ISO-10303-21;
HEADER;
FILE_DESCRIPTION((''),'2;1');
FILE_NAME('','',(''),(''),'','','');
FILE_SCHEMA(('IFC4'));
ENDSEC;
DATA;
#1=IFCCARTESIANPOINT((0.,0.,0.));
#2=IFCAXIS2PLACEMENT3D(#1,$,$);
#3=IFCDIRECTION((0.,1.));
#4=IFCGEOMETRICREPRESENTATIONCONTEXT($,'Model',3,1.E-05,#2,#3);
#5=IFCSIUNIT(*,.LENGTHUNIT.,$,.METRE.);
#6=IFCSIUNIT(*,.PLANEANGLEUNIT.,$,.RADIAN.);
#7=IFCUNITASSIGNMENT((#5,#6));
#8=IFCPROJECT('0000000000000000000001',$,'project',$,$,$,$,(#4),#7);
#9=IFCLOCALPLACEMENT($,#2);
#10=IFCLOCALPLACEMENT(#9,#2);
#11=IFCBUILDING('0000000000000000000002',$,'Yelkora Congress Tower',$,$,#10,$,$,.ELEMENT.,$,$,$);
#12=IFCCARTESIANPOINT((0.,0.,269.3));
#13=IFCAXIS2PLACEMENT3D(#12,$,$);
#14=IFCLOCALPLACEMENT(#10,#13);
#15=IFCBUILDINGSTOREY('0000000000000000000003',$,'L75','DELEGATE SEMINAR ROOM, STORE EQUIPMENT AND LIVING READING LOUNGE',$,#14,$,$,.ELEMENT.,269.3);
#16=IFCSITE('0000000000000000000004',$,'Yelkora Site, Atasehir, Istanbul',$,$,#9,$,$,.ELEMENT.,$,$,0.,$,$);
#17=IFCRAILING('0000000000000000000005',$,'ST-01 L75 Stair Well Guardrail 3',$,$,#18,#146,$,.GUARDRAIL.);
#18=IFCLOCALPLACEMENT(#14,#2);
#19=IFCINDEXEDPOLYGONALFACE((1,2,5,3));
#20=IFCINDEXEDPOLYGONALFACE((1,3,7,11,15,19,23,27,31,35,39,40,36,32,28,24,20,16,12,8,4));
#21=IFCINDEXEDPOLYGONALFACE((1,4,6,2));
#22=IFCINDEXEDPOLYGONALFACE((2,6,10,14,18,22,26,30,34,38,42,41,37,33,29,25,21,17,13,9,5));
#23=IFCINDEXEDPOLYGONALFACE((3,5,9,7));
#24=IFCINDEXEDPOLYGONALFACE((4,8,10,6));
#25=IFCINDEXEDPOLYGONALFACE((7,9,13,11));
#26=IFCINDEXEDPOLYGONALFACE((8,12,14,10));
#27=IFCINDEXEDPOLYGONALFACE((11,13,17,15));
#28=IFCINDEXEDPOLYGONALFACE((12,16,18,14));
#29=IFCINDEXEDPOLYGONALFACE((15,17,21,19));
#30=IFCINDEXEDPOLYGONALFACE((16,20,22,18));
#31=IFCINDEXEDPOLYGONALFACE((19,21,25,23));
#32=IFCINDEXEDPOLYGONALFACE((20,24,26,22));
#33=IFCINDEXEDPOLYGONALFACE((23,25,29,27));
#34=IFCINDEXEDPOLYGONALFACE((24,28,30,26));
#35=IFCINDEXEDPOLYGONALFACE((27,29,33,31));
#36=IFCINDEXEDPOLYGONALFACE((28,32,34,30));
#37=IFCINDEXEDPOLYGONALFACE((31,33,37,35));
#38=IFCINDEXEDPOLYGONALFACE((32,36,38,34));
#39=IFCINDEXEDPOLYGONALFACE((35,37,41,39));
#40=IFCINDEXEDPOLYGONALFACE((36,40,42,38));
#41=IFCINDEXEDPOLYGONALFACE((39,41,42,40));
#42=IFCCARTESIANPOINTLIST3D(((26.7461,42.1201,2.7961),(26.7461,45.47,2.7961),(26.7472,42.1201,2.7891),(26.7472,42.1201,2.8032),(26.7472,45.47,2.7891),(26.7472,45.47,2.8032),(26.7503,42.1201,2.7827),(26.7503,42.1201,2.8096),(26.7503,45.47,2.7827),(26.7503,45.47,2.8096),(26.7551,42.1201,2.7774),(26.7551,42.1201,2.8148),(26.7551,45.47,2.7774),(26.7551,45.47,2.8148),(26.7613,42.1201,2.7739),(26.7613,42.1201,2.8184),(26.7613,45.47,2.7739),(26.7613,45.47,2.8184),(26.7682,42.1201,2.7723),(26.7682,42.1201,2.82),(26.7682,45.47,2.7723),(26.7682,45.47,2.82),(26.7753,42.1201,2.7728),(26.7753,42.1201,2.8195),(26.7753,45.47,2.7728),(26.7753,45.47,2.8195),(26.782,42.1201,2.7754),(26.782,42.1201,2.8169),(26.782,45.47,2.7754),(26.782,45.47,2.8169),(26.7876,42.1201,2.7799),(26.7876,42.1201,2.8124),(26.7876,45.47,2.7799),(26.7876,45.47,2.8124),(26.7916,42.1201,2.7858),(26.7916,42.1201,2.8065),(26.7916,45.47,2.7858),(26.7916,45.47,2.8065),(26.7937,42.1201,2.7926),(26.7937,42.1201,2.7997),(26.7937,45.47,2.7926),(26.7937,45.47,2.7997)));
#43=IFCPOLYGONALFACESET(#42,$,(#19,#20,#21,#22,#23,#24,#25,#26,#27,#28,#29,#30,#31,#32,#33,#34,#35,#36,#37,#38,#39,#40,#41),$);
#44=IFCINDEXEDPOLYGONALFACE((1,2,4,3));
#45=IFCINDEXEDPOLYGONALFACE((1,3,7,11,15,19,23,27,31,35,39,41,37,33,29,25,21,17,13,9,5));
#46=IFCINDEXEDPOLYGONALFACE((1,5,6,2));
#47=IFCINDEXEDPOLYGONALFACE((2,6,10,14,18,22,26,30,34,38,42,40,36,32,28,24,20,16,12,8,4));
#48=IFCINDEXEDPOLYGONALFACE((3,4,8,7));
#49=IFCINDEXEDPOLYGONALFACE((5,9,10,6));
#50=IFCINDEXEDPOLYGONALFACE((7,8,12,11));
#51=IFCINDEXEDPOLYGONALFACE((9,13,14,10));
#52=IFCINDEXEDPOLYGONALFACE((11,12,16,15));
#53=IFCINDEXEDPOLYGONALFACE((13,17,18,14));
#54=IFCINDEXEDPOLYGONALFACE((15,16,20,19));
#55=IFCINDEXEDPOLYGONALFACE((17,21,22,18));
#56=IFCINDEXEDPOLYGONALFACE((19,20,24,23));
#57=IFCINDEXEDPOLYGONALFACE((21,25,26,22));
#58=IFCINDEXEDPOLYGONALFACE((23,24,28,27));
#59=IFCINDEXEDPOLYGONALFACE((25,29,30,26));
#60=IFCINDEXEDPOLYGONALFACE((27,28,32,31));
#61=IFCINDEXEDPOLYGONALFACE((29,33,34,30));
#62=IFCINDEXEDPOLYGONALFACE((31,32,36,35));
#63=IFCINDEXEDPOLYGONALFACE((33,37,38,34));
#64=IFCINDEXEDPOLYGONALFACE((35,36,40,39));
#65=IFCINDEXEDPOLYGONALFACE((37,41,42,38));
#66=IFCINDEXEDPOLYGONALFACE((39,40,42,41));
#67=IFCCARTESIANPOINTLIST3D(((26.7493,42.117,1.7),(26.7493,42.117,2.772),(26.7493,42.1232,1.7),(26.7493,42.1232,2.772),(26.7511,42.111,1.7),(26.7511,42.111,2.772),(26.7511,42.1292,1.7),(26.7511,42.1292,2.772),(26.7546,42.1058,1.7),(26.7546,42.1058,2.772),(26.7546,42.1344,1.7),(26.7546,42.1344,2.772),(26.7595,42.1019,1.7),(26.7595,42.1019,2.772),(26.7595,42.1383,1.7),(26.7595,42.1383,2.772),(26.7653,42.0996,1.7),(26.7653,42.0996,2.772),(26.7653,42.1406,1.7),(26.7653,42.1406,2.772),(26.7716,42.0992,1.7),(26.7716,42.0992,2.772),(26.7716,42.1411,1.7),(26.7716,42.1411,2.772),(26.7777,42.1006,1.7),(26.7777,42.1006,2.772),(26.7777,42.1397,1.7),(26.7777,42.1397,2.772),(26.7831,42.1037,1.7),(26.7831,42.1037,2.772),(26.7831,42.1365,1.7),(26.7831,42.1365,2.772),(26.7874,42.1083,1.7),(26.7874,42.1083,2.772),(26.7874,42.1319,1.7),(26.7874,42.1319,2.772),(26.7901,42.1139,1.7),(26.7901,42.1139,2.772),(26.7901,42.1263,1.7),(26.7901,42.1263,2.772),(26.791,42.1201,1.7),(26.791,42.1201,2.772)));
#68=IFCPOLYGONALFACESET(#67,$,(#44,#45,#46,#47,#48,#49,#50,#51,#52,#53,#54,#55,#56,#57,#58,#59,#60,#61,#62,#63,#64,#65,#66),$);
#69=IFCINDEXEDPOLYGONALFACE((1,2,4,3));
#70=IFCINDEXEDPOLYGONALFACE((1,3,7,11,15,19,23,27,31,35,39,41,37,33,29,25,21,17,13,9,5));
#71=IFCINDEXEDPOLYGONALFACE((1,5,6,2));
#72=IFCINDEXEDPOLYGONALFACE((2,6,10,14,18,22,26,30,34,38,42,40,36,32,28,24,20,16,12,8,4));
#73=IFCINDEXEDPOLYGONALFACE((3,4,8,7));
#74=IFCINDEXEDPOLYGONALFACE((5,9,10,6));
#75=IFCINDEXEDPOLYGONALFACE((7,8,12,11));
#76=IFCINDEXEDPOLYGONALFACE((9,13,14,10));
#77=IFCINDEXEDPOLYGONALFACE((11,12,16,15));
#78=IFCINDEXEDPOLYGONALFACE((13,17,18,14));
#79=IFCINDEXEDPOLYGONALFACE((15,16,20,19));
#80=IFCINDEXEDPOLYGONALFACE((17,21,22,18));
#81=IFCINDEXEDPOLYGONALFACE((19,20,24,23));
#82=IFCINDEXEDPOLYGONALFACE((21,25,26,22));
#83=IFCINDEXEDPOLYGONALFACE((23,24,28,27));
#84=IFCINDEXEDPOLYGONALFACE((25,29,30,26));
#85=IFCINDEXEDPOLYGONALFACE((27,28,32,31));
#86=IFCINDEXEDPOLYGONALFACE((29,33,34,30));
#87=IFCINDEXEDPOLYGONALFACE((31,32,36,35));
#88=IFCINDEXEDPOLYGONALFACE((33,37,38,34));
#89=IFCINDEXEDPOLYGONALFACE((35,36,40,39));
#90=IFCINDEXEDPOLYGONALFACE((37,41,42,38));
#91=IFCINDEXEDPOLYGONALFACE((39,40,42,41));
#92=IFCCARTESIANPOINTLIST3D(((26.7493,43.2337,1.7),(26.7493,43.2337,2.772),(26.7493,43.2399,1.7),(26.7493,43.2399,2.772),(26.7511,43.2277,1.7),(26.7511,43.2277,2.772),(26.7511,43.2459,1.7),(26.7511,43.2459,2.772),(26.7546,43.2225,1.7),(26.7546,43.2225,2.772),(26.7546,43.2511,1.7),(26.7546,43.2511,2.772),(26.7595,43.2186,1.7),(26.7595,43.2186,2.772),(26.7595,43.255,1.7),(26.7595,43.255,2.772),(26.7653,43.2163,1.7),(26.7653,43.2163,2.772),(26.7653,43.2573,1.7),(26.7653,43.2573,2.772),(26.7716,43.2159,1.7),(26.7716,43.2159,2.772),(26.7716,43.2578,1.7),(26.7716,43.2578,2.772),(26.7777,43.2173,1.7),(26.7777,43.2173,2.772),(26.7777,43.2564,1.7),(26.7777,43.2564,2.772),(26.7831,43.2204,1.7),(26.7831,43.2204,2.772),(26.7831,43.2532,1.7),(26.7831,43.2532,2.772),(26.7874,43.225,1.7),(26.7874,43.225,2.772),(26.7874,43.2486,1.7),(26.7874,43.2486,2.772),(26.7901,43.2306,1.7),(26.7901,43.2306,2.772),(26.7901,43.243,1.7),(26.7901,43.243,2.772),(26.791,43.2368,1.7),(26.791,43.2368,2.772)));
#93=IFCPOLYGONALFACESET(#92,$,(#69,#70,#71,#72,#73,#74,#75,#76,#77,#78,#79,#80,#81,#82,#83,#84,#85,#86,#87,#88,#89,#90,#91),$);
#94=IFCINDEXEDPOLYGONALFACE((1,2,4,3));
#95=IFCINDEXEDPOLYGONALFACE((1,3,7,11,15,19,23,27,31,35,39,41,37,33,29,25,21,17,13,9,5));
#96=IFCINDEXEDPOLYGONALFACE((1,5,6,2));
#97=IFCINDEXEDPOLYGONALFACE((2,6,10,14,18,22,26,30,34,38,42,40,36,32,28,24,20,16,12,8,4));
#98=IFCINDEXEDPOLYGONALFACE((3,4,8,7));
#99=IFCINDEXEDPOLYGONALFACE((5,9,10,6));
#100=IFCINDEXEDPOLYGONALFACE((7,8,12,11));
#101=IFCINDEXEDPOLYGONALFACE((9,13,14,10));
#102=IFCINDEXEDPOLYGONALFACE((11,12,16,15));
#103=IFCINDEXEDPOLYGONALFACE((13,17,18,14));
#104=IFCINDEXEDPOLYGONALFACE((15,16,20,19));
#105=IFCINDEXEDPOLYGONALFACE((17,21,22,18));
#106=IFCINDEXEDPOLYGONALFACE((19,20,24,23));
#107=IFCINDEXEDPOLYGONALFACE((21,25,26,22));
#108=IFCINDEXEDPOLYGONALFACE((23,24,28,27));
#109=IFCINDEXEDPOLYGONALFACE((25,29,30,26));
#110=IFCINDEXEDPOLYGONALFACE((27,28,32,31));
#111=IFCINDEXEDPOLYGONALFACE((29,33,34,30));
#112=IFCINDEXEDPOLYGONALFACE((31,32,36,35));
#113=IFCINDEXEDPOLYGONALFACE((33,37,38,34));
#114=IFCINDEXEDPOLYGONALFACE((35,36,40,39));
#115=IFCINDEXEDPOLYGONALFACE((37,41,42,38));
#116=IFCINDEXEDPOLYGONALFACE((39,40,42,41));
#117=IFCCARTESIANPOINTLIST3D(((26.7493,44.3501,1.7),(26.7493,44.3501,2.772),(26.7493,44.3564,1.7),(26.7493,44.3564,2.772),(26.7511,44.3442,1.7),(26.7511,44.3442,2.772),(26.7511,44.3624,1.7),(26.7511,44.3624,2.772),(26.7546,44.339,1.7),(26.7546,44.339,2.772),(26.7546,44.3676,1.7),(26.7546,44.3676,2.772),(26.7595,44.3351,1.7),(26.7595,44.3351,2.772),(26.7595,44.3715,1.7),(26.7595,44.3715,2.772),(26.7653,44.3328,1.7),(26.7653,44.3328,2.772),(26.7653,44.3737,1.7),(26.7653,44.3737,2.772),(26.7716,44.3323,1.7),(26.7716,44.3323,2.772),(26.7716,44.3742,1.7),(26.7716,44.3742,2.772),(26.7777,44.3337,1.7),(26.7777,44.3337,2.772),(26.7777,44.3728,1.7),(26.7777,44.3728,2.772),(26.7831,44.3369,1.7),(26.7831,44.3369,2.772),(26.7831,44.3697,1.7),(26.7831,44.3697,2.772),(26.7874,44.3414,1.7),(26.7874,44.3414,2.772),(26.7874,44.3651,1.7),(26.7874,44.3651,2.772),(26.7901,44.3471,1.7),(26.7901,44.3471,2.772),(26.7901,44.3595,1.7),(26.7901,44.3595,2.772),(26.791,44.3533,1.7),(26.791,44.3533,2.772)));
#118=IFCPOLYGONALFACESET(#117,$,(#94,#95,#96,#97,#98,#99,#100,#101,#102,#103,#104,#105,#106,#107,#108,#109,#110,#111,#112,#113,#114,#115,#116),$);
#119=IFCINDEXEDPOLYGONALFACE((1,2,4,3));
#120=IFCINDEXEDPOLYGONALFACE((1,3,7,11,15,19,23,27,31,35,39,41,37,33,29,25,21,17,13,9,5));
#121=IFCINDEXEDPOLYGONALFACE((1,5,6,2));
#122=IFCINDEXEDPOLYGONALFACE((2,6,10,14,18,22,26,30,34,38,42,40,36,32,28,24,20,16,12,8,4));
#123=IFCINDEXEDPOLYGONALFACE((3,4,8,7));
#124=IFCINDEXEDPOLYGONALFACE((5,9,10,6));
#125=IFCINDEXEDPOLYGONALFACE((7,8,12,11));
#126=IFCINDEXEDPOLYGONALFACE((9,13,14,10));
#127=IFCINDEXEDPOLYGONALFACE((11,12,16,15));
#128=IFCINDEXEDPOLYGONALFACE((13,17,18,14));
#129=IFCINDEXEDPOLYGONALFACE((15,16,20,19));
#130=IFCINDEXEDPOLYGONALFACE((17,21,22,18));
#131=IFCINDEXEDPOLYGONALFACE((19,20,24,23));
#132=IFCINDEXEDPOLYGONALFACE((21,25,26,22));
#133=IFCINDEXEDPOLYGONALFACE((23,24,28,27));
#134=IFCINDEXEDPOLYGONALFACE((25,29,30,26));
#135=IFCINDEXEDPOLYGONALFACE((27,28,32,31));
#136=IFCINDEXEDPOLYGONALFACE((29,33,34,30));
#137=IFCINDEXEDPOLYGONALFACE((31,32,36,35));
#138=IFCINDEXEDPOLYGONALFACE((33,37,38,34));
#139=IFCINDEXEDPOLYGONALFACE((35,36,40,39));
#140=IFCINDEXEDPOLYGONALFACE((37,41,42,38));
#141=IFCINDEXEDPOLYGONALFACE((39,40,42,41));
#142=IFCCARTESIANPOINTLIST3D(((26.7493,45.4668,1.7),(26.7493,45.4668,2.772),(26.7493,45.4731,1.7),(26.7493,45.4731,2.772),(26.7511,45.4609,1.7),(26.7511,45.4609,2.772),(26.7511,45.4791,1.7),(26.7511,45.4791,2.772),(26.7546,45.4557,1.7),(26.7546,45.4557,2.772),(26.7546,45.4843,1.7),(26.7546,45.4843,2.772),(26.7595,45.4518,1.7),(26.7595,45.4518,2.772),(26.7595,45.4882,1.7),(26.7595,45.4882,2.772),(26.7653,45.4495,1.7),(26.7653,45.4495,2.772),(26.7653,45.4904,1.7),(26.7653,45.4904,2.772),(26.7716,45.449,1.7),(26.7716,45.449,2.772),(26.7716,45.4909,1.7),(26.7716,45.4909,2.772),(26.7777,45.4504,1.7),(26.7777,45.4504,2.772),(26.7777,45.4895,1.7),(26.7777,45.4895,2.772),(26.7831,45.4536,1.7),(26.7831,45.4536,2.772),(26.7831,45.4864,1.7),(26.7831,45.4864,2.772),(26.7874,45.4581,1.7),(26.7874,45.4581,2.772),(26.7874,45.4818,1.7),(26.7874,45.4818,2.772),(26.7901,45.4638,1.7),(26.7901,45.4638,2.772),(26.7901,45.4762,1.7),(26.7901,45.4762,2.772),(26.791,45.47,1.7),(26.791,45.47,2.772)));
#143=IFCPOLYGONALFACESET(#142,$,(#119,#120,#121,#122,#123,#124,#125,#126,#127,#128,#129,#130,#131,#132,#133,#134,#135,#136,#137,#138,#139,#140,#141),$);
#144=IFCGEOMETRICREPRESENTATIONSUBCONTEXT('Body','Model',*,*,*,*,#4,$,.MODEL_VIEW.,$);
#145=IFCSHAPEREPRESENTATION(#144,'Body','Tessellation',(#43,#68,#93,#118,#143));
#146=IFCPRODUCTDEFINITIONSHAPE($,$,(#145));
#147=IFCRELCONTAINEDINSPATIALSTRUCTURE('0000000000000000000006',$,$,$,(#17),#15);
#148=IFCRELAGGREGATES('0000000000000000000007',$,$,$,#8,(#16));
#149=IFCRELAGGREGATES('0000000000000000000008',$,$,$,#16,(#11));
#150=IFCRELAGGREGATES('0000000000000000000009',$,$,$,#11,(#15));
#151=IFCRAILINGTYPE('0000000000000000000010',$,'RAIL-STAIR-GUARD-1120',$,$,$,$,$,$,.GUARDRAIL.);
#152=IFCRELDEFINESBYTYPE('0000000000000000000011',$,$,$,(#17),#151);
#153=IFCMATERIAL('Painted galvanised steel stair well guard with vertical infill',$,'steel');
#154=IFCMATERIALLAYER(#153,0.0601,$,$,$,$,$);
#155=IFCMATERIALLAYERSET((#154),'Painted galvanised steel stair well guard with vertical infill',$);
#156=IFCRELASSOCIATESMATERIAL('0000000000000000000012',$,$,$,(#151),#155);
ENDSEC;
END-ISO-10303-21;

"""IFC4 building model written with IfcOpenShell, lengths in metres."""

from ifc_helpers import new_model, si_unit, direction, frame, origin, origin_2d, place, context, subcontext, project, spatial, circle, extrude, material, layer, layer_set, type_object, element, save


model = new_model("IFC4")

# Units and contexts
model_context = context("Model", 3, precision=1e-05, world=origin(), true_north=direction((0.0, 1.0)))
body_context = subcontext(model_context, "Body", "Model", "MODEL_VIEW")
ifc_project = project(units=[si_unit("LENGTHUNIT", "METRE"), si_unit("PLANEANGLEUNIT", "RADIAN")], contexts=[model_context])

# Site, building, storey
site_placement = place(None, origin())
site = spatial("IfcSite", under=ifc_project, at=site_placement, Name="Yelkora Site, Atasehir, Istanbul", CompositionType="ELEMENT", RefElevation=0.0)
building_placement = place(site_placement, origin())
building = spatial("IfcBuilding", under=site, at=building_placement, Name="Yelkora Congress Tower", CompositionType="ELEMENT")
storey_placement = place(building_placement, frame((0.0, 0.0, 269.3)))
storey = spatial("IfcBuildingStorey", under=building, at=storey_placement, Name="L75", Description="DELEGATE SEMINAR ROOM, STORE EQUIPMENT AND LIVING READING LOUNGE", CompositionType="ELEMENT", Elevation=269.3)

# Railing
ifc_material_1 = material(Name="Painted galvanised steel stair well guard with vertical infill", Category="steel")
ifc_layer_1 = layer(ifc_material_1, 0.0601)
ifc_layer_set_1 = layer_set([ifc_layer_1], Name="Painted galvanised steel stair well guard with vertical infill")
railing_type_1 = type_object("IfcRailingType", Name="RAIL-STAIR-GUARD-1120", PredefinedType="GUARDRAIL", material=ifc_layer_set_1)
for number, where, name in (
    (1, (26.77, 42.1201, 1.7), "ST-01 L75 Stair Well Guardrail 3"),
):
    element("IfcRailing", number, at=place(storey_placement, frame(where)), inside=storey, type_object=railing_type_1, Name=name, PredefinedType="GUARDRAIL", context=body_context, shape_type="SweptSolid", body=[
        extrude(circle(Radius=0.0239, at=origin_2d()), frame((0.0, 0.0, 1.0962), z_axis=(0.0, 1.0, 0.0), x_axis=(-1.0, 0.0, 0.0)), (0.0, 0.0, 1.0), 3.3499),
        extrude(circle(Radius=0.021, at=origin_2d()), origin(), (0.0, 0.0, 1.0), 1.072),
        extrude(circle(Radius=0.021, at=origin_2d()), frame((0.0, 1.1167, 0.0)), (0.0, 0.0, 1.0), 1.072),
        extrude(circle(Radius=0.021, at=origin_2d()), frame((0.0, 2.2332, 0.0)), (0.0, 0.0, 1.0), 1.072),
        extrude(circle(Radius=0.021, at=origin_2d()), frame((0.0, 3.3499, 0.0)), (0.0, 0.0, 1.0), 1.072),
    ])

save(model, "model.ifc")
